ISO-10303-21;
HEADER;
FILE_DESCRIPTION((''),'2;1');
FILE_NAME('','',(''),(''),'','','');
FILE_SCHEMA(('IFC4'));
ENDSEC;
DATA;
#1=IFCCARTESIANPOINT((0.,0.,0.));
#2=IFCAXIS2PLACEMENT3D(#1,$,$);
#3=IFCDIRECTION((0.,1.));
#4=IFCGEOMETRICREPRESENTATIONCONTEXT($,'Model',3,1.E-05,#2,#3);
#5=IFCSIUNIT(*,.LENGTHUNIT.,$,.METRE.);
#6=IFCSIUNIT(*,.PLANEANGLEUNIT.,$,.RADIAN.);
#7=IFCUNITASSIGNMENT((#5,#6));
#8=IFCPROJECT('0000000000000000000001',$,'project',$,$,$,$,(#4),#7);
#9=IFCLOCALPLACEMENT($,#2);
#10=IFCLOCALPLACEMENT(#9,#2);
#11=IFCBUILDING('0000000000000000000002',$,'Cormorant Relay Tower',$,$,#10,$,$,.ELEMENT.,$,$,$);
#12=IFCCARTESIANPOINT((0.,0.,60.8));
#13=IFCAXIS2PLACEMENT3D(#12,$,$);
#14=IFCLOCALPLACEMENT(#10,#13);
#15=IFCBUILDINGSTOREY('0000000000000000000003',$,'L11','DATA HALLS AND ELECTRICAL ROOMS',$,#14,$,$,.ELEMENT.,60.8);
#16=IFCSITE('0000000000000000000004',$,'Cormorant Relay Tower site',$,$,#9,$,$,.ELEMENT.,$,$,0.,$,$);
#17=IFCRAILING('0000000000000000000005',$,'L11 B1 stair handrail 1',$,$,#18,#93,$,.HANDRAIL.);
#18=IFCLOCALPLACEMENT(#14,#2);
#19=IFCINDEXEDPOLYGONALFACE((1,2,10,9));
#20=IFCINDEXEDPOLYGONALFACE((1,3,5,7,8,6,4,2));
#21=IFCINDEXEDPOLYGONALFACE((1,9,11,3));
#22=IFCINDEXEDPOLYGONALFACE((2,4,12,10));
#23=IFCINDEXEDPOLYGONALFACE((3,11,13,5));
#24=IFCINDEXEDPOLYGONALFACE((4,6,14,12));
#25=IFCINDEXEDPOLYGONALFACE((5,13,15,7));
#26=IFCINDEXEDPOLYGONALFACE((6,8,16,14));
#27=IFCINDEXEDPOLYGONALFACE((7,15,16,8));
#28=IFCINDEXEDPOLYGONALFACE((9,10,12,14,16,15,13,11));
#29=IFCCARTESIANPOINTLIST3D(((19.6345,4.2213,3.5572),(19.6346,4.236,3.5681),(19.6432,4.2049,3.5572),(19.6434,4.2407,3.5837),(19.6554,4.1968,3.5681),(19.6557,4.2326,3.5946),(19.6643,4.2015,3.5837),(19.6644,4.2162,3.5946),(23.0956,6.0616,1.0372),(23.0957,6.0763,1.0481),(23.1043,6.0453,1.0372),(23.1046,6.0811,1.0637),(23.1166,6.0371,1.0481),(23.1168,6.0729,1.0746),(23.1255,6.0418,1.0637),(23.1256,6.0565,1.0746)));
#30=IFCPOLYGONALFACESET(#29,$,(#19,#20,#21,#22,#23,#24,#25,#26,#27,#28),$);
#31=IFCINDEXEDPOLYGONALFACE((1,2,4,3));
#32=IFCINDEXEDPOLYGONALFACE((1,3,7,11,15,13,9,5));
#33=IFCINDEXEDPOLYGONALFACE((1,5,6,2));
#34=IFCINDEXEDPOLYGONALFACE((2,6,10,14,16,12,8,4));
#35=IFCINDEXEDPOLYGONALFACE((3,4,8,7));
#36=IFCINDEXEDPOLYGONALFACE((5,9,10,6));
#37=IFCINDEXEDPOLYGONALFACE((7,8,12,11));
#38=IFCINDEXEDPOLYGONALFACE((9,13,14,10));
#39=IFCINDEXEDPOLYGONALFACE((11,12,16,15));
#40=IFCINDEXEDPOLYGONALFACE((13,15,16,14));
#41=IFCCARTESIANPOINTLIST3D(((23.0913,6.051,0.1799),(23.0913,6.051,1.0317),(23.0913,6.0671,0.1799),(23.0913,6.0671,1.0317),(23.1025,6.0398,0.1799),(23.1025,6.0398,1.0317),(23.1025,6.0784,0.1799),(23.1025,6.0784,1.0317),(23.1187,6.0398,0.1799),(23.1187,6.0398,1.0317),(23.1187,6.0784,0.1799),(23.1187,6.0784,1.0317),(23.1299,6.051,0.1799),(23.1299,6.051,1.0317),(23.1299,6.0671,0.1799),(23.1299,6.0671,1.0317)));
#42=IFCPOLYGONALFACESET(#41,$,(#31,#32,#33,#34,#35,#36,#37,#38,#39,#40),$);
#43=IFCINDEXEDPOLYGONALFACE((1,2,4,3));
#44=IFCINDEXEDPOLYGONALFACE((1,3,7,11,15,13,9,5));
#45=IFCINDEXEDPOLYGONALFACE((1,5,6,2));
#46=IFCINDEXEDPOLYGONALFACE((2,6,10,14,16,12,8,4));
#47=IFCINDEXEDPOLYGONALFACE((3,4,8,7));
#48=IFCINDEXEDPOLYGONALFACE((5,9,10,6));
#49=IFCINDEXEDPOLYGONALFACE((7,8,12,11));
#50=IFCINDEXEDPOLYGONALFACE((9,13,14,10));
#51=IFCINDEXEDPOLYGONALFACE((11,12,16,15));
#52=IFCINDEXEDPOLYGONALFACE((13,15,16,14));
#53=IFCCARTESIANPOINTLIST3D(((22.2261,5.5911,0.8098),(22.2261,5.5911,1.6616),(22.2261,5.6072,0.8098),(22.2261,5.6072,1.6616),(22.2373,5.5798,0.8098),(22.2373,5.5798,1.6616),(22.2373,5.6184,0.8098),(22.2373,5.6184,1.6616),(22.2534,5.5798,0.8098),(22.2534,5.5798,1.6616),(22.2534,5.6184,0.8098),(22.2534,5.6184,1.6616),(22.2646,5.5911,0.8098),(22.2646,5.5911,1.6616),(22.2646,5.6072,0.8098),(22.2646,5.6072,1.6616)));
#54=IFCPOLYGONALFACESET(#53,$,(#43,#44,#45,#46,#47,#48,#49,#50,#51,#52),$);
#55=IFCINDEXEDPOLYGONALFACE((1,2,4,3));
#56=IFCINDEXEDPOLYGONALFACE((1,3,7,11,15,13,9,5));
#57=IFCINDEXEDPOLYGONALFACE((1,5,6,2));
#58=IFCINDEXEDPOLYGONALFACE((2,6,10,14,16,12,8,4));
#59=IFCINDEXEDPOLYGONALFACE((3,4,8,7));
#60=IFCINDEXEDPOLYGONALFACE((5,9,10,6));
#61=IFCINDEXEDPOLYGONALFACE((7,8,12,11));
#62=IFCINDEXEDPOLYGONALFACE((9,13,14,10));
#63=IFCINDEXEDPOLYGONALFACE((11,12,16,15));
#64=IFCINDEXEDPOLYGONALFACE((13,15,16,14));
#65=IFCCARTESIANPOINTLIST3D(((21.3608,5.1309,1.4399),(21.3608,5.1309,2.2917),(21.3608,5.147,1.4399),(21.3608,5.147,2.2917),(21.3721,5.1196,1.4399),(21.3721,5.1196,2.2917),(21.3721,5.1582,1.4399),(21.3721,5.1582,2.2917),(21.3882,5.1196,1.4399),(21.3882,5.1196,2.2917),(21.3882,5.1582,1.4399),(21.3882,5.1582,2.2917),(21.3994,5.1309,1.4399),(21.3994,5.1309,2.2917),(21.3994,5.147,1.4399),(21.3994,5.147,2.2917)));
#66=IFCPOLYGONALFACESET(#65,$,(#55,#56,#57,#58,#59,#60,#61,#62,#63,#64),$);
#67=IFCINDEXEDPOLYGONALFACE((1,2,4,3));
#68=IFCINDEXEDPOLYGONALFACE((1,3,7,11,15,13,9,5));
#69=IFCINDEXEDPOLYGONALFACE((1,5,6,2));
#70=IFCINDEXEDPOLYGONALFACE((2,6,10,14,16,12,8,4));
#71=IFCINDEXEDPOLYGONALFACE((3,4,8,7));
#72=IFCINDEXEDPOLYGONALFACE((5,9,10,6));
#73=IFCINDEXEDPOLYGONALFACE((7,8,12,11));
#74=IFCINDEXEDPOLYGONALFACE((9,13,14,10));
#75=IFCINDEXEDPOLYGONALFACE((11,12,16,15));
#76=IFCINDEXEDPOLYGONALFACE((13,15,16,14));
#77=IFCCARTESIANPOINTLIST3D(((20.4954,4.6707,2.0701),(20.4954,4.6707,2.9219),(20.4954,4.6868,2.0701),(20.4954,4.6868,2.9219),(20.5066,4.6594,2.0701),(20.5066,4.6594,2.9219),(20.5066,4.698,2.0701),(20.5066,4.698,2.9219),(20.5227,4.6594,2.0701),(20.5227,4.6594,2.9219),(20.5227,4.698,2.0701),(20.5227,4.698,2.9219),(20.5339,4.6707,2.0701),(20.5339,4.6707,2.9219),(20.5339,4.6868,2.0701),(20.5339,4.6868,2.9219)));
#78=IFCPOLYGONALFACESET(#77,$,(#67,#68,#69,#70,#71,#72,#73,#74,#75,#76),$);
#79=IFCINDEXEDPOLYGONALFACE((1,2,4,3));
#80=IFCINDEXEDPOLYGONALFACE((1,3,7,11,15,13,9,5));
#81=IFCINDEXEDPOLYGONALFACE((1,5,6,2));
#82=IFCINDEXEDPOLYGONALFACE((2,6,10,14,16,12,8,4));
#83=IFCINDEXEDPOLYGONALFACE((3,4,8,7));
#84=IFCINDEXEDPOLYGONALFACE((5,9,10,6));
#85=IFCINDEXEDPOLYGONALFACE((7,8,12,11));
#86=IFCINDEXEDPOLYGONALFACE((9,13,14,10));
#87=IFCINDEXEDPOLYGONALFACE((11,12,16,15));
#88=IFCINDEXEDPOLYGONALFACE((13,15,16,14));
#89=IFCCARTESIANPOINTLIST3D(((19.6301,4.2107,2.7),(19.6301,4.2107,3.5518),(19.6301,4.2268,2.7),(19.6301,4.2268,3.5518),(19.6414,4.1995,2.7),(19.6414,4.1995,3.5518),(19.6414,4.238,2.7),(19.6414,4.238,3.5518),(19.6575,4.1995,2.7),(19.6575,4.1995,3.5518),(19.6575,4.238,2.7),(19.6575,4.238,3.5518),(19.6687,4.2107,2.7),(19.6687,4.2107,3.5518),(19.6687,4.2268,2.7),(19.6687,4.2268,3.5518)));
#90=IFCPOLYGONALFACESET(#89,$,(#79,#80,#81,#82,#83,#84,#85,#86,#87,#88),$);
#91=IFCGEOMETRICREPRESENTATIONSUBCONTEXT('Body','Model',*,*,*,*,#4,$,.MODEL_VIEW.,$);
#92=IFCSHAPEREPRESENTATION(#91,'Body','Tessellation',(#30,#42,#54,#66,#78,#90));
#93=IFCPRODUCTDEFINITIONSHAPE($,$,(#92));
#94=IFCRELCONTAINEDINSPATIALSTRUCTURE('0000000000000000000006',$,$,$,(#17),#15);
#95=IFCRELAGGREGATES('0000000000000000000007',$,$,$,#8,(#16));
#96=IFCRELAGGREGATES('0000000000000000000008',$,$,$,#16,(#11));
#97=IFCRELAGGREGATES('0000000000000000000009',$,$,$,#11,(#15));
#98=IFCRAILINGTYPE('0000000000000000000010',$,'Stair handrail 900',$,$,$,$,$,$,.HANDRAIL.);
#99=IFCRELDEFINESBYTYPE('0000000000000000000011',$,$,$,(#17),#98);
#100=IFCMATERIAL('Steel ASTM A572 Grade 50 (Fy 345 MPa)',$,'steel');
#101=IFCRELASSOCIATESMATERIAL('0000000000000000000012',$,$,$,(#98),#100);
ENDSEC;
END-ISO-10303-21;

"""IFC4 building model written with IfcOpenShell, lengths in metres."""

from ifc_helpers import new_model, si_unit, direction, frame, origin, place, context, subcontext, project, spatial, polyline, outline, extrude, material, type_object, element, save


model = new_model("IFC4")

# Units and contexts
model_context = context("Model", 3, precision=1e-05, world=origin(), true_north=direction((0.0, 1.0)))
body_context = subcontext(model_context, "Body", "Model", "MODEL_VIEW")
ifc_project = project(units=[si_unit("LENGTHUNIT", "METRE"), si_unit("PLANEANGLEUNIT", "RADIAN")], contexts=[model_context])

# Site, building, storey
site_placement = place(None, origin())
site = spatial("IfcSite", under=ifc_project, at=site_placement, Name="Cormorant Relay Tower site", CompositionType="ELEMENT", RefElevation=0.0)
building_placement = place(site_placement, origin())
building = spatial("IfcBuilding", under=site, at=building_placement, Name="Cormorant Relay Tower", CompositionType="ELEMENT")
storey_placement = place(building_placement, frame((0.0, 0.0, 60.8)))
storey = spatial("IfcBuildingStorey", under=building, at=storey_placement, Name="L11", Description="DATA HALLS AND ELECTRICAL ROOMS", CompositionType="ELEMENT", Elevation=60.8)

# Railing
ifc_material_1 = material(Name="Steel ASTM A572 Grade 50 (Fy 345 MPa)", Category="steel")
railing_type_1 = type_object("IfcRailingType", Name="Stair handrail 900", PredefinedType="HANDRAIL", material=ifc_material_1)
railing_1_placement = place(storey_placement, frame((23.1106, 6.0591, 0.1799)))
element("IfcRailing", 1, at=railing_1_placement, inside=storey, type_object=railing_type_1, Name="L11 B1 stair handrail 1", PredefinedType="HANDRAIL", context=body_context, shape_type="SweptSolid", body=[
    extrude(outline(polyline([(0.0222, 0.0093), (0.0093, 0.0222), (-0.0093, 0.0222), (-0.0222, 0.0093), (-0.0222, -0.0093), (-0.0093, -0.0222), (0.0093, -0.0222), (0.0222, -0.0093), (0.0222, 0.0093)])), frame((0.0, 0.0, 0.876), z_axis=(-0.742717, -0.394907, 0.540758), x_axis=(0.469469, -0.882949, 0.0)), (0.0, 0.0, 1.0), 4.6602),
    extrude(outline(polyline([(0.0193, 0.0081), (0.0081, 0.0193), (-0.0081, 0.0193), (-0.0193, 0.0081), (-0.0193, -0.0081), (-0.0081, -0.0193), (0.0081, -0.0193), (0.0193, -0.0081), (0.0193, 0.0081)])), origin(), (0.0, 0.0, 1.0), 0.8518),
    extrude(outline(polyline([(0.0193, 0.0081), (0.0081, 0.0193), (-0.0081, 0.0193), (-0.0193, 0.0081), (-0.0193, -0.0081), (-0.0081, -0.0193), (0.0081, -0.0193), (0.0193, -0.0081), (0.0193, 0.0081)])), frame((-0.8652, -0.46, 0.6299)), (0.0, 0.0, 1.0), 0.8518),
    extrude(outline(polyline([(0.0193, 0.0081), (0.0081, 0.0193), (-0.0081, 0.0193), (-0.0193, 0.0081), (-0.0193, -0.0081), (-0.0081, -0.0193), (0.0081, -0.0193), (0.0193, -0.0081), (0.0193, 0.0081)])), frame((-1.7305, -0.9202, 1.26)), (0.0, 0.0, 1.0), 0.8518),
    extrude(outline(polyline([(0.0193, 0.0081), (0.0081, 0.0193), (-0.0081, 0.0193), (-0.0193, 0.0081), (-0.0193, -0.0081), (-0.0081, -0.0193), (0.0081, -0.0193), (0.0193, -0.0081), (0.0193, 0.0081)])), frame((-2.5959, -1.3804, 1.8901)), (0.0, 0.0, 1.0), 0.8518),
    extrude(outline(polyline([(0.0193, 0.0081), (0.0081, 0.0193), (-0.0081, 0.0193), (-0.0193, 0.0081), (-0.0193, -0.0081), (-0.0081, -0.0193), (0.0081, -0.0193), (0.0193, -0.0081), (0.0193, 0.0081)])), frame((-3.4612, -1.8403, 2.52)), (0.0, 0.0, 1.0), 0.8518),
])

save(model, "model.ifc")
